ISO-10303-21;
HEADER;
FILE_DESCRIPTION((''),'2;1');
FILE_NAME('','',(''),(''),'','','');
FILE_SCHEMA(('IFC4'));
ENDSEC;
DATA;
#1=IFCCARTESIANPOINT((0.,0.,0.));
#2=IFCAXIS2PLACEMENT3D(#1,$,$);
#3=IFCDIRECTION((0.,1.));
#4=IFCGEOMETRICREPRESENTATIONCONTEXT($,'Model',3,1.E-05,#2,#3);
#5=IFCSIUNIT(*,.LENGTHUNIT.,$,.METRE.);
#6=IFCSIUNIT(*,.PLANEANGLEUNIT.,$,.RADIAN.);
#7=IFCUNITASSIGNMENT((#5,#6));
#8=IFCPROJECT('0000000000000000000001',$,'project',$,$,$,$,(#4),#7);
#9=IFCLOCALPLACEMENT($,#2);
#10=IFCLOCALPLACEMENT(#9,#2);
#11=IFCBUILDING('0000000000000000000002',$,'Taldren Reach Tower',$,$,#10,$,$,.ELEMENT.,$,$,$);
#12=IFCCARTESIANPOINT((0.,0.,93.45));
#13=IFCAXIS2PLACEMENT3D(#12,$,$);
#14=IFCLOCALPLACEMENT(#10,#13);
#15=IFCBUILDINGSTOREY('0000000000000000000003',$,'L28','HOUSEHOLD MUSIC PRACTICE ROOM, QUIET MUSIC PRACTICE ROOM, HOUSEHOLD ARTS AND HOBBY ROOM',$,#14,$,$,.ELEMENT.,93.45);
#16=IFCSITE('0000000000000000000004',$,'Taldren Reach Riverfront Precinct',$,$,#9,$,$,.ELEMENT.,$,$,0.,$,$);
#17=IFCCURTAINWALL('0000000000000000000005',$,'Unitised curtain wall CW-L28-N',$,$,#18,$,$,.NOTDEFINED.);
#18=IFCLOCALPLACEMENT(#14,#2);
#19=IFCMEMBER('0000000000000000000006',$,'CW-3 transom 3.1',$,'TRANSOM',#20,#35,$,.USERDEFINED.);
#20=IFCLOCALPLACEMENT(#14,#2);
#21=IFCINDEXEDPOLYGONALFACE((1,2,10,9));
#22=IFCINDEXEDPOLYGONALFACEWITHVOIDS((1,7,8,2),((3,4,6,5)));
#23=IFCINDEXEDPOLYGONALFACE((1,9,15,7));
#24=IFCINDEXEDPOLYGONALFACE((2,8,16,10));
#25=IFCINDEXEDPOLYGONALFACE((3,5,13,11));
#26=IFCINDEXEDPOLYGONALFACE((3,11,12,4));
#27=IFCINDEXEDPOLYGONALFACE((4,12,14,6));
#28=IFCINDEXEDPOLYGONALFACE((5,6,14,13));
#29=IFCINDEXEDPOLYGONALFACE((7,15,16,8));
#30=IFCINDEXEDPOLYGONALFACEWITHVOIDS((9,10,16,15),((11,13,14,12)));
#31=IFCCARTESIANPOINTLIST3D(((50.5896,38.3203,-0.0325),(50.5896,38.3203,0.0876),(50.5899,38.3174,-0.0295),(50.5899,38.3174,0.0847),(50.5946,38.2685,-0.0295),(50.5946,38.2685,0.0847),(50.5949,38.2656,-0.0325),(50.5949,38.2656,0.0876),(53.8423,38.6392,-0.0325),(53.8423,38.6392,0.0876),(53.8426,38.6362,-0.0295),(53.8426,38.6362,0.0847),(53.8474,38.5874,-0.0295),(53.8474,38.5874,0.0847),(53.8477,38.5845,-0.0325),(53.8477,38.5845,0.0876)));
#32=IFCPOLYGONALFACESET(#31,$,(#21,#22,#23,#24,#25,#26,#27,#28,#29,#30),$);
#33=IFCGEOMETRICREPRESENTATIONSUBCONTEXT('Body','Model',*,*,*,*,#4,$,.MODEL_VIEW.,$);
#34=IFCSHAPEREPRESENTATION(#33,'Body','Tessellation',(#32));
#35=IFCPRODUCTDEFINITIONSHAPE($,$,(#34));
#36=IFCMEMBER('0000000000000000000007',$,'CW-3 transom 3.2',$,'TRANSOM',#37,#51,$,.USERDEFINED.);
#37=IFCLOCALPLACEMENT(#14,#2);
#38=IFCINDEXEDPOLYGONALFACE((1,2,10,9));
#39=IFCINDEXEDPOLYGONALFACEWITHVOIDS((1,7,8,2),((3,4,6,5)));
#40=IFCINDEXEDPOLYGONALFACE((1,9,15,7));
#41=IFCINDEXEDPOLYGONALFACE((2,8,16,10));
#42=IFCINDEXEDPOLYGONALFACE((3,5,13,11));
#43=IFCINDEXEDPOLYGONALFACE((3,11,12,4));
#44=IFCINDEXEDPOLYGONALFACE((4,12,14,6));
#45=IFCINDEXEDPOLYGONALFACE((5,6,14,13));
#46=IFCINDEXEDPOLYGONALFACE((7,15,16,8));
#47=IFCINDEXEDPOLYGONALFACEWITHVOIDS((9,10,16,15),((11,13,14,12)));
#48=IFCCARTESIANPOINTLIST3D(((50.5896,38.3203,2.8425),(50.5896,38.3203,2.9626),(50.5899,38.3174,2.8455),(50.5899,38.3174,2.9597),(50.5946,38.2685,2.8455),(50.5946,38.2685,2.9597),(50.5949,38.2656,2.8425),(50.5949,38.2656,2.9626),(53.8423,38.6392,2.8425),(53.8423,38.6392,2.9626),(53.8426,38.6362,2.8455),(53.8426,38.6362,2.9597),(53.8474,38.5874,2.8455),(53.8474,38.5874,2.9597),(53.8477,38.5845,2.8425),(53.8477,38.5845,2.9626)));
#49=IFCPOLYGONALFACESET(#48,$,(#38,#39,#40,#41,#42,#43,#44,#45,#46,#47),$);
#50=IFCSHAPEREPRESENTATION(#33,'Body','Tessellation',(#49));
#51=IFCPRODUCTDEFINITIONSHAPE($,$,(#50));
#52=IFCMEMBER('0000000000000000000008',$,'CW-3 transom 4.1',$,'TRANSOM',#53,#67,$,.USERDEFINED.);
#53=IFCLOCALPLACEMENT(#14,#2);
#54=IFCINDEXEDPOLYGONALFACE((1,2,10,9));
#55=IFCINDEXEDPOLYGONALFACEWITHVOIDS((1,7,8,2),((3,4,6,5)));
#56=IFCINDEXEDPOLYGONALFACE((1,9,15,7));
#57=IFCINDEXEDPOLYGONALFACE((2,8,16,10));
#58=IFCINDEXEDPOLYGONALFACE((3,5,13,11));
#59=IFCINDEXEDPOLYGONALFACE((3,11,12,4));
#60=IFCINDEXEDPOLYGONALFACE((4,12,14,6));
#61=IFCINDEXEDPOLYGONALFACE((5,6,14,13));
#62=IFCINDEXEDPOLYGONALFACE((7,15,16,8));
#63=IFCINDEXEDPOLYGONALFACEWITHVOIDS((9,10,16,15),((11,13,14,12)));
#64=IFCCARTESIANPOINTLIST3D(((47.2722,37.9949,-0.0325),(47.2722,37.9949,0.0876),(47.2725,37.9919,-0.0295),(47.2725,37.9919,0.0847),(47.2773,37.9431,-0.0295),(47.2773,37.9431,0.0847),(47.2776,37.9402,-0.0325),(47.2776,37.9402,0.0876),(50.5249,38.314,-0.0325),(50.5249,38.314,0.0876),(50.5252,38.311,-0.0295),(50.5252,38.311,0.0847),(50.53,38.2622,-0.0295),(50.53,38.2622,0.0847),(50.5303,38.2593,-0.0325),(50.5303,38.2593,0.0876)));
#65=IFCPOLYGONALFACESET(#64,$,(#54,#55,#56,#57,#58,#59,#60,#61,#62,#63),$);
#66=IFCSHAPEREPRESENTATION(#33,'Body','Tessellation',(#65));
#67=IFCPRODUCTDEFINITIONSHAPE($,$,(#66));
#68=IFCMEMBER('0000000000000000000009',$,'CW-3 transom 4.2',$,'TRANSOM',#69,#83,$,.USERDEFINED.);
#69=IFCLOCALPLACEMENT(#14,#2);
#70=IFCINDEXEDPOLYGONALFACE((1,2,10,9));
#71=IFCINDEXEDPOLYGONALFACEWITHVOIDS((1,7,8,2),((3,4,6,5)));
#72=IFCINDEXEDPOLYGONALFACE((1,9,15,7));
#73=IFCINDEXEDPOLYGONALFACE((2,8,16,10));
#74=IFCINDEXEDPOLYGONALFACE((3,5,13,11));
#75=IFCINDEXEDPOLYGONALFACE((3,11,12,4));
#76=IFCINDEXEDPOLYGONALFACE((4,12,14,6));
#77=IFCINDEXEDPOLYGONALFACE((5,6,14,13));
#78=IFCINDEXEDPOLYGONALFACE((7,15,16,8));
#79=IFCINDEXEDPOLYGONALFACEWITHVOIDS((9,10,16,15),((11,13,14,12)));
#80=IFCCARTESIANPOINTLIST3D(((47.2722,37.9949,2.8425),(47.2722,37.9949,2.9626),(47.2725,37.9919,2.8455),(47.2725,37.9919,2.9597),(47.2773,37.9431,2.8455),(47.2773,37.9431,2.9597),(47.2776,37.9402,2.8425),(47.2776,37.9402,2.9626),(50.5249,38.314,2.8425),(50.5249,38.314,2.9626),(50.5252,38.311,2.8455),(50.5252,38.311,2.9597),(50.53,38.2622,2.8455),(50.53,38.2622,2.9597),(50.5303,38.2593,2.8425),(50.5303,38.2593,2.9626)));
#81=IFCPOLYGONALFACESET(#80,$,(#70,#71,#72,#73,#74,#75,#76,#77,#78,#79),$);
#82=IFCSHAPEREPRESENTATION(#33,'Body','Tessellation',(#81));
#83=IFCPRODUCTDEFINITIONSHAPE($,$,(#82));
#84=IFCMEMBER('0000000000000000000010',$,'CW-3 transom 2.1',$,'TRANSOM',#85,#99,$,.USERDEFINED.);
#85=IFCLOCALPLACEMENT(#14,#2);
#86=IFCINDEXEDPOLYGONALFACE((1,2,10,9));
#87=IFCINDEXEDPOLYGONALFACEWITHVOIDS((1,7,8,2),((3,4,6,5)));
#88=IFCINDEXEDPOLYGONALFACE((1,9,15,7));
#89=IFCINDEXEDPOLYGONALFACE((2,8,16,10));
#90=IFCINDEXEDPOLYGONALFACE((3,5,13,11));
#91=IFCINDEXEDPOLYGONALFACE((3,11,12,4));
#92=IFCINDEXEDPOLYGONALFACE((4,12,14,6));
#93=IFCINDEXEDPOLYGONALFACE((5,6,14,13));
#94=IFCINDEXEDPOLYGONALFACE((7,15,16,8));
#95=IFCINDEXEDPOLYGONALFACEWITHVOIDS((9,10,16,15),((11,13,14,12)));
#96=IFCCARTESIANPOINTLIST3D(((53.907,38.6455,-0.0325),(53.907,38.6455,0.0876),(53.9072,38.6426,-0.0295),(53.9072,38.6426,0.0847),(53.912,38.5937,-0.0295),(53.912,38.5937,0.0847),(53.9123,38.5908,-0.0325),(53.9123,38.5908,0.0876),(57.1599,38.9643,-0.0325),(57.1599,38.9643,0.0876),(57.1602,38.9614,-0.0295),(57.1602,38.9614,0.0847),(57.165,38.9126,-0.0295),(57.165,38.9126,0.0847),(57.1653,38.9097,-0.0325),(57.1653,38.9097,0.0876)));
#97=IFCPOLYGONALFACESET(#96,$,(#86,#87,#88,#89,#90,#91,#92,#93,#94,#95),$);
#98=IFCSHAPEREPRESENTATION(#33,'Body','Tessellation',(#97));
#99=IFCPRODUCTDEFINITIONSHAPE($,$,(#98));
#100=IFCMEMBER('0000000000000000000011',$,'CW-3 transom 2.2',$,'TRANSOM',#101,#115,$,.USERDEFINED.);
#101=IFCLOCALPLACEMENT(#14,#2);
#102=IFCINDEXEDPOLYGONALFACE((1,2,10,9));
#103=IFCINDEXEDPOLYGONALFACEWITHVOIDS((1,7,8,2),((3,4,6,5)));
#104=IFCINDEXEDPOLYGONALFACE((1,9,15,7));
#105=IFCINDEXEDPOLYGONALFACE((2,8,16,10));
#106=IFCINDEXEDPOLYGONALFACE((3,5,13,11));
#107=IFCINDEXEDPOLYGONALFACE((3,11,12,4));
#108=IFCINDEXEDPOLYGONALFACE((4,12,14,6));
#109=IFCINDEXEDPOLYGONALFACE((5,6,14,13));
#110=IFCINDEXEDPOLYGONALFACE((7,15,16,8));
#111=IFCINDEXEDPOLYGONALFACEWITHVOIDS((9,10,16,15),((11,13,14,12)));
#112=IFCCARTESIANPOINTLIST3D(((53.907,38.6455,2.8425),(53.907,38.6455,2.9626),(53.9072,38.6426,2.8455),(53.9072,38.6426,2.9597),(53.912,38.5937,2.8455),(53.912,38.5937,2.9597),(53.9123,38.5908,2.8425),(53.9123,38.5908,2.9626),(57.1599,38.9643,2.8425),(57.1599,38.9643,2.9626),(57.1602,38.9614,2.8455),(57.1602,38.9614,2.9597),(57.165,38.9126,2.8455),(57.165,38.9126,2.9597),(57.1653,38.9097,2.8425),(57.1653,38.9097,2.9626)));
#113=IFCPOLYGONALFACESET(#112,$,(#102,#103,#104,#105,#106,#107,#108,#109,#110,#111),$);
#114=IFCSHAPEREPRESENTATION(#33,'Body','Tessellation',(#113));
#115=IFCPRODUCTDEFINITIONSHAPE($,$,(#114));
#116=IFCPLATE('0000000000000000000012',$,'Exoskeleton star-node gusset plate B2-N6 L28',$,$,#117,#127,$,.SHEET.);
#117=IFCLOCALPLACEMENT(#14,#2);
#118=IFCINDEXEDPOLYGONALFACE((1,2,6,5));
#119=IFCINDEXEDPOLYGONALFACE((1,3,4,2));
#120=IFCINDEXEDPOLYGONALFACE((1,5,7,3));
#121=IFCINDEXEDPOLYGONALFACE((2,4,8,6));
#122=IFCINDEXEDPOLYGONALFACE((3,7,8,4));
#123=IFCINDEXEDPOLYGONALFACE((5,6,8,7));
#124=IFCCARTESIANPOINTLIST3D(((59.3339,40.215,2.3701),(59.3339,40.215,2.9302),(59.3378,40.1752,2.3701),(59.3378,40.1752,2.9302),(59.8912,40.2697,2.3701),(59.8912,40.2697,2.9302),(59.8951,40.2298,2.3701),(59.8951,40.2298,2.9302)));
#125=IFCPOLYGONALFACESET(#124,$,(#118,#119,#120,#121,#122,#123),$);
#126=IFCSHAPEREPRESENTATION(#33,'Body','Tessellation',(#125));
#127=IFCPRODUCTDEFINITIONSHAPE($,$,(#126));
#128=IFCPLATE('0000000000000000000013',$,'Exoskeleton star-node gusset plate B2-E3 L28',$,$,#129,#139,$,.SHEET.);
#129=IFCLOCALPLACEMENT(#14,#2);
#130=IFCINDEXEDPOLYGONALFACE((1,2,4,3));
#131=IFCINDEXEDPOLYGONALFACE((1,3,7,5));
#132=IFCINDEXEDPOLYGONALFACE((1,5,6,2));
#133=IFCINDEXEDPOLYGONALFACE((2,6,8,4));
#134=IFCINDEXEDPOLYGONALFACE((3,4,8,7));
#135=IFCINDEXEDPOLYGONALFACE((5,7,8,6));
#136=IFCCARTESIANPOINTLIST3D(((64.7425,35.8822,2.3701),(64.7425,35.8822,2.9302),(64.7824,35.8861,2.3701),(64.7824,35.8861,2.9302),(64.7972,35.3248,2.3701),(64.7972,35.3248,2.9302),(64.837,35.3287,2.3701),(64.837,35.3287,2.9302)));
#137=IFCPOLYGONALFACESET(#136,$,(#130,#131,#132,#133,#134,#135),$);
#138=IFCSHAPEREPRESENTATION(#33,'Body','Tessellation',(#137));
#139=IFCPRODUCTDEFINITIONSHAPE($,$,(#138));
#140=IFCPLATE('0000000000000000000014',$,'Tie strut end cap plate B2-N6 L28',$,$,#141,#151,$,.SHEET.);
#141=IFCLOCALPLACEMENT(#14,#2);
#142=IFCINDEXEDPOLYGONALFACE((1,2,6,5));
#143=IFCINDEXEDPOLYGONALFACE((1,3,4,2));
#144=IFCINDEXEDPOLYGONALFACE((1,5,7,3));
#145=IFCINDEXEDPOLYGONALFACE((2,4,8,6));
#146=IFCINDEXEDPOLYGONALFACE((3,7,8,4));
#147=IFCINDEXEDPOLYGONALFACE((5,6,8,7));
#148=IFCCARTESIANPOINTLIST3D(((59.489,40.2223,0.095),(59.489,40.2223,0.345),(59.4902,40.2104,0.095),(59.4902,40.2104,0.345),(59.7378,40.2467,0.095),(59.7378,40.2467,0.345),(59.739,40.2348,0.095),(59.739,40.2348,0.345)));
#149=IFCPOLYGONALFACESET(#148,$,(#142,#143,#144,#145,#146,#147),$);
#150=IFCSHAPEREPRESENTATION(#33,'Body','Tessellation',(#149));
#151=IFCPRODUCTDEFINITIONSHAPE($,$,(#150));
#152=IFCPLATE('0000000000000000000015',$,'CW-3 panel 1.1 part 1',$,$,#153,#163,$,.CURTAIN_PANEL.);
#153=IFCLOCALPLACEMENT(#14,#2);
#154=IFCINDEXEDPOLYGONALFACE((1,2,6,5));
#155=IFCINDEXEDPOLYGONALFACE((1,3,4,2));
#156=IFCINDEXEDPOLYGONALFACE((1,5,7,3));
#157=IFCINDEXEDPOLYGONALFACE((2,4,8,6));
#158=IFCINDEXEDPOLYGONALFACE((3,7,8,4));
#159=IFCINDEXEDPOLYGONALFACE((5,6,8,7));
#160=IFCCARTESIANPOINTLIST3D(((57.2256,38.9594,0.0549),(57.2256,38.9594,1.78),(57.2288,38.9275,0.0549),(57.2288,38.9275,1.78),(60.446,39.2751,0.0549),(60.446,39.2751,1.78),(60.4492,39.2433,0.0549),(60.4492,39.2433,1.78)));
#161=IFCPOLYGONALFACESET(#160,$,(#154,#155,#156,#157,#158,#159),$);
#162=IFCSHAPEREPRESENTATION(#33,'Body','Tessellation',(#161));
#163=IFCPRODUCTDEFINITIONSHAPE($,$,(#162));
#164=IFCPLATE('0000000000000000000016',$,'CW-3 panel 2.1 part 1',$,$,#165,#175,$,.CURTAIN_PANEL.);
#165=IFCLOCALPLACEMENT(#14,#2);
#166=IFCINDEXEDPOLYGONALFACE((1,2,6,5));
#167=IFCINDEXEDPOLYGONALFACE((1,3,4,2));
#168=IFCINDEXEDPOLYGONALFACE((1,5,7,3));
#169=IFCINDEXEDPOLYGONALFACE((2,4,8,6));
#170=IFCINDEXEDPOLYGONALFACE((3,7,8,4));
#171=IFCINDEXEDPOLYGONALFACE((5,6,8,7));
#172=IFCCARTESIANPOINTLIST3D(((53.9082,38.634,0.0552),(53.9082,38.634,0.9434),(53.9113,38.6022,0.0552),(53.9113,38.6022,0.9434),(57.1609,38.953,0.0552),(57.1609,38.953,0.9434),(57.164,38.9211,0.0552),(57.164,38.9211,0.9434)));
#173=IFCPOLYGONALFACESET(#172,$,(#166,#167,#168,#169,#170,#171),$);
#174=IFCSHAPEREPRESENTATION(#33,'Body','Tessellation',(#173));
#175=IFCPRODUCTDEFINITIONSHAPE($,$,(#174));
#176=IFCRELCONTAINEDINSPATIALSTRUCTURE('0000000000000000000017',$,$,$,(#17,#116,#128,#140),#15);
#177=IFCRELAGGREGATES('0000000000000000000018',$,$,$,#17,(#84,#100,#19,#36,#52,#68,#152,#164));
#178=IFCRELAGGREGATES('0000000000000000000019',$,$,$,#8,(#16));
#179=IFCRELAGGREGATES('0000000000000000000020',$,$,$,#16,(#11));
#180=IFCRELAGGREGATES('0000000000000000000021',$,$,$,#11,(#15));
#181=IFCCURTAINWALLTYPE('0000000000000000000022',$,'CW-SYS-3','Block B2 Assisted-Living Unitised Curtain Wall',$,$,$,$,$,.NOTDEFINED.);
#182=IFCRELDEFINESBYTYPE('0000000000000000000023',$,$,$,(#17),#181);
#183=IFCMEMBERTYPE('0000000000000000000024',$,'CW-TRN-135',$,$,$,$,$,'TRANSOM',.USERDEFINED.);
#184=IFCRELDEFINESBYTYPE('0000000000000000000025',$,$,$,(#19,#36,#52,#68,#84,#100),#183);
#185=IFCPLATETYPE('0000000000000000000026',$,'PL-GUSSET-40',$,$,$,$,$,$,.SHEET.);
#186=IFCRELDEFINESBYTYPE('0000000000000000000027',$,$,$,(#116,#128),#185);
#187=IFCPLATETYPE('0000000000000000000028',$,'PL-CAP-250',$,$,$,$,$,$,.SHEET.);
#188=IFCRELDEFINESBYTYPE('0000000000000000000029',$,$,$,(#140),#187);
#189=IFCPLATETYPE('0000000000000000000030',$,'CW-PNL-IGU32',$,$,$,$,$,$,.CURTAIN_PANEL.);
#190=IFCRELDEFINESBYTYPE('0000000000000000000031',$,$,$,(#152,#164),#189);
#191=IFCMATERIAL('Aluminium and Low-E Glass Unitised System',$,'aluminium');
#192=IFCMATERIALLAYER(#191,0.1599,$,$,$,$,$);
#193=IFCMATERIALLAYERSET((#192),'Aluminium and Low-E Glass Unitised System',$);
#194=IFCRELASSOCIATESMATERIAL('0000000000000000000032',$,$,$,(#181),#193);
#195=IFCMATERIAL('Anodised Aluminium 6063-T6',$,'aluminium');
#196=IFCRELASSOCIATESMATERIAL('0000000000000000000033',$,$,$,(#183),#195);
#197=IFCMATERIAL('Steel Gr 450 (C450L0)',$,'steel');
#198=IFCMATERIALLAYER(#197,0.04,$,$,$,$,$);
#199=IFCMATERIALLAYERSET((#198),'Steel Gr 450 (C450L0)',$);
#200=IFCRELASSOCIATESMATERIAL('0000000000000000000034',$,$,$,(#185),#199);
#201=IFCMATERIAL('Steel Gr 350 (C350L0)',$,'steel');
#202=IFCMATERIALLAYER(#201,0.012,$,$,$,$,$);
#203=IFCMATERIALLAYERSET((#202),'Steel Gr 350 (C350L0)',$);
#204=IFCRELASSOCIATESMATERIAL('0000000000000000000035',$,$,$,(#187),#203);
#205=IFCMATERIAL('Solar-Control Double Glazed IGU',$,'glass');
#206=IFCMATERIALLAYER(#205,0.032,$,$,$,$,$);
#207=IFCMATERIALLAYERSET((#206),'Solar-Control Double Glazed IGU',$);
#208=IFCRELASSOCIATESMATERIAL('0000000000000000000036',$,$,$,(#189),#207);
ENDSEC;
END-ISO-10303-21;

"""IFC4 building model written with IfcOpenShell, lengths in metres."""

from ifc_helpers import new_model, si_unit, direction, frame, origin, origin_2d, place, context, subcontext, project, spatial, rectangle, hollow_rectangle, extrude, source, transform, mapped, material, layer, layer_set, material_profile, profile_set, type_object, element, aggregate, save


model = new_model("IFC4")

# Units and contexts
model_context = context("Model", 3, precision=1e-05, world=origin(), true_north=direction((0.0, 1.0)))
body_context = subcontext(model_context, "Body", "Model", "MODEL_VIEW")
ifc_project = project(units=[si_unit("LENGTHUNIT", "METRE"), si_unit("PLANEANGLEUNIT", "RADIAN")], contexts=[model_context])

# Site, building, storey
site_placement = place(None, origin())
site = spatial("IfcSite", under=ifc_project, at=site_placement, Name="Taldren Reach Riverfront Precinct", CompositionType="ELEMENT", RefElevation=0.0)
building_placement = place(site_placement, origin())
building = spatial("IfcBuilding", under=site, at=building_placement, Name="Taldren Reach Tower", CompositionType="ELEMENT")
storey_placement = place(building_placement, frame((0.0, 0.0, 93.45)))
storey = spatial("IfcBuildingStorey", under=building, at=storey_placement, Name="L28", Description="HOUSEHOLD MUSIC PRACTICE ROOM, QUIET MUSIC PRACTICE ROOM, HOUSEHOLD ARTS AND HOBBY ROOM", CompositionType="ELEMENT", Elevation=93.45)

# Shared definitions
ifc_material_1 = material(Name="Steel Gr 450 (C450L0)", Category="steel")
ifc_material_2 = material(Name="Steel Gr 350 (C350L0)", Category="steel")

# Curtain wall
ifc_material_3 = material(Name="Aluminium and Low-E Glass Unitised System", Category="aluminium")
ifc_layer_1 = layer(ifc_material_3, 0.1599)
ifc_layer_set_1 = layer_set([ifc_layer_1], Name="Aluminium and Low-E Glass Unitised System")
curtain_wall_type = type_object("IfcCurtainWallType", Name="CW-SYS-3", Description="Block B2 Assisted-Living Unitised Curtain Wall", PredefinedType="NOTDEFINED", material=ifc_layer_set_1)
curtain_wall_1_placement = place(storey_placement, origin())
curtain_wall_1 = element("IfcCurtainWall", 1, at=curtain_wall_1_placement, inside=storey, type_object=curtain_wall_type, Name="Unitised curtain wall CW-L28-N", PredefinedType="NOTDEFINED")
ifc_material_4 = material(Name="Anodised Aluminium 6063-T6", Category="aluminium")

# Members
ifc_material_profile_1 = material_profile(ifc_material_4, hollow_rectangle(XDim=0.0549, YDim=0.1201, WallThickness=0.0029, at=origin_2d()), Name="ALU-120x55x3RHS")
ifc_profile_set_1 = profile_set([ifc_material_profile_1], Name="Anodised Aluminium 6063-T6")
member_type_1 = type_object("IfcMemberType", Name="CW-TRN-135", ElementType="TRANSOM", PredefinedType="USERDEFINED", material=ifc_profile_set_1)
shared_shape_1 = source(origin(), body_context, "Body", "SweptSolid", [
    extrude(hollow_rectangle(XDim=0.0549, YDim=0.1201, WallThickness=0.0029, at=origin_2d()), origin(), (0.0, 0.0, 1.0), 3.2683),
])
member_1_placement = place(storey_placement, frame((53.845, 38.6118, 0.0276), z_axis=(-0.99523, -0.097558, 0.0), x_axis=(0.097558, -0.99523, 0.0)))
member_1 = element("IfcMember", 2, at=member_1_placement, type_object=member_type_1, Name="CW-3 transom 3.1", ObjectType="TRANSOM", PredefinedType="USERDEFINED", context=body_context, shape_type="MappedRepresentation", body=[
    mapped(shared_shape_1, transform((0.0, 0.0, 0.0), scale=1.0)),
])
member_2_placement = place(storey_placement, frame((53.845, 38.6118, 2.9026), z_axis=(-0.99523, -0.097558, 0.0), x_axis=(0.097558, -0.99523, 0.0)))
member_2 = element("IfcMember", 3, at=member_2_placement, type_object=member_type_1, Name="CW-3 transom 3.2", ObjectType="TRANSOM", PredefinedType="USERDEFINED", context=body_context, shape_type="MappedRepresentation", body=[
    mapped(shared_shape_1, transform((0.0, 0.0, 0.0), scale=1.0)),
])
member_3_placement = place(storey_placement, frame((50.5276, 38.2866, 0.0276), z_axis=(-0.995223, -0.097632, 0.0), x_axis=(0.097632, -0.995223, 0.0)))
member_3 = element("IfcMember", 4, at=member_3_placement, type_object=member_type_1, Name="CW-3 transom 4.1", ObjectType="TRANSOM", PredefinedType="USERDEFINED", context=body_context, shape_type="MappedRepresentation", body=[
    mapped(shared_shape_1, transform((0.0, 0.0, 0.0), scale=1.0)),
])
member_4_placement = place(storey_placement, frame((50.5276, 38.2866, 2.9026), z_axis=(-0.995223, -0.097632, 0.0), x_axis=(0.097632, -0.995223, 0.0)))
member_4 = element("IfcMember", 5, at=member_4_placement, type_object=member_type_1, Name="CW-3 transom 4.2", ObjectType="TRANSOM", PredefinedType="USERDEFINED", context=body_context, shape_type="MappedRepresentation", body=[
    mapped(shared_shape_1, transform((0.0, 0.0, 0.0), scale=1.0)),
])
shared_shape_2 = source(origin(), body_context, "Body", "SweptSolid", [
    extrude(hollow_rectangle(XDim=0.0549, YDim=0.1201, WallThickness=0.0029, at=origin_2d()), origin(), (0.0, 0.0, 1.0), 3.2686),
])
member_5_placement = place(storey_placement, frame((57.1626, 38.937, 0.0276), z_axis=(-0.995231, -0.097551, 0.0), x_axis=(0.097551, -0.995231, 0.0)))
member_5 = element("IfcMember", 6, at=member_5_placement, type_object=member_type_1, Name="CW-3 transom 2.1", ObjectType="TRANSOM", PredefinedType="USERDEFINED", context=body_context, shape_type="MappedRepresentation", body=[
    mapped(shared_shape_2, transform((0.0, 0.0, 0.0), scale=1.0)),
])
member_6_placement = place(storey_placement, frame((57.1626, 38.937, 2.9026), z_axis=(-0.995231, -0.097551, 0.0), x_axis=(0.097551, -0.995231, 0.0)))
member_6 = element("IfcMember", 7, at=member_6_placement, type_object=member_type_1, Name="CW-3 transom 2.2", ObjectType="TRANSOM", PredefinedType="USERDEFINED", context=body_context, shape_type="MappedRepresentation", body=[
    mapped(shared_shape_2, transform((0.0, 0.0, 0.0), scale=1.0)),
])

# Plates
ifc_layer_2 = layer(ifc_material_1, 0.04)
ifc_layer_set_2 = layer_set([ifc_layer_2], Name="Steel Gr 450 (C450L0)")
plate_type_1 = type_object("IfcPlateType", Name="PL-GUSSET-40", PredefinedType="SHEET", material=ifc_layer_set_2)
shared_shape_3 = source(origin(), body_context, "Body", "SweptSolid", [
    extrude(rectangle(XDim=0.5601, YDim=0.04, at=origin_2d()), origin(), (0.0, 0.0, 1.0), 0.5601),
])
for number, where, z_axis, x_axis, name in (
    (8, (59.6145, 40.2224, 2.3701), (0.0, 0.0, 1.0), (0.995227, 0.097583, 0.0), "Exoskeleton star-node gusset plate B2-N6 L28"),
    (9, (64.7898, 35.6055, 2.3701), (0.0, 0.0, 1.0), (-0.097583, 0.995227, 0.0), "Exoskeleton star-node gusset plate B2-E3 L28"),
):
    element("IfcPlate", number, at=place(storey_placement, frame(where, z_axis=z_axis, x_axis=x_axis)), inside=storey, type_object=plate_type_1, Name=name, PredefinedType="SHEET", context=body_context, shape_type="MappedRepresentation", body=[
        mapped(shared_shape_3, transform((0.0, 0.0, 0.0), scale=1.0)),
    ])
ifc_layer_3 = layer(ifc_material_2, 0.012)
ifc_layer_set_3 = layer_set([ifc_layer_3], Name="Steel Gr 350 (C350L0)")
plate_type_2 = type_object("IfcPlateType", Name="PL-CAP-250", PredefinedType="SHEET", material=ifc_layer_set_3)
shared_shape_4 = source(origin(), body_context, "Body", "SweptSolid", [
    extrude(rectangle(XDim=0.25, YDim=0.012, at=origin_2d()), origin(), (0.0, 0.0, 1.0), 0.25),
])
plate_1_placement = place(storey_placement, frame((59.614, 40.2285, 0.095), z_axis=(0.0, 0.0, 1.0), x_axis=(0.995227, 0.097583, 0.0)))
element("IfcPlate", 10, at=plate_1_placement, inside=storey, type_object=plate_type_2, Name="Tie strut end cap plate B2-N6 L28", PredefinedType="SHEET", context=body_context, shape_type="MappedRepresentation", body=[
    mapped(shared_shape_4, transform((0.0, 0.0, 0.0), scale=1.0)),
])

# Plates
ifc_material_5 = material(Name="Solar-Control Double Glazed IGU", Category="glass")
ifc_layer_4 = layer(ifc_material_5, 0.032)
ifc_layer_set_4 = layer_set([ifc_layer_4], Name="Solar-Control Double Glazed IGU")
plate_type_3 = type_object("IfcPlateType", Name="CW-PNL-IGU32", PredefinedType="CURTAIN_PANEL", material=ifc_layer_set_4)
shared_shape_5 = source(origin(), body_context, "Body", "SweptSolid", [
    extrude(rectangle(XDim=3.2358, YDim=0.032, at=origin_2d()), origin(), (0.0, 0.0, 1.0), 1.7251),
])
plate_2_placement = place(storey_placement, frame((58.8374, 39.1013, 0.0549), z_axis=(0.0, 0.0, 1.0), x_axis=(-0.995227, -0.097583, 0.0)))
plate_2 = element("IfcPlate", 11, at=plate_2_placement, type_object=plate_type_3, Name="CW-3 panel 1.1 part 1", PredefinedType="CURTAIN_PANEL", context=body_context, shape_type="MappedRepresentation", body=[
    mapped(shared_shape_5, transform((0.0, 0.0, 0.0), scale=1.0)),
])
shared_shape_6 = source(origin(), body_context, "Body", "SweptSolid", [
    extrude(rectangle(XDim=3.2683, YDim=0.032, at=origin_2d()), origin(), (0.0, 0.0, 1.0), 0.8882),
])
plate_3_placement = place(storey_placement, frame((55.5361, 38.7776, 0.0552), z_axis=(0.0, 0.0, 1.0), x_axis=(-0.995227, -0.097583, 0.0)))
plate_3 = element("IfcPlate", 12, at=plate_3_placement, type_object=plate_type_3, Name="CW-3 panel 2.1 part 1", PredefinedType="CURTAIN_PANEL", context=body_context, shape_type="MappedRepresentation", body=[
    mapped(shared_shape_6, transform((0.0, 0.0, 0.0), scale=1.0)),
])
aggregate(curtain_wall_1, [member_5, member_6, member_1, member_2, member_3, member_4, plate_2, plate_3])

save(model, "model.ifc")
